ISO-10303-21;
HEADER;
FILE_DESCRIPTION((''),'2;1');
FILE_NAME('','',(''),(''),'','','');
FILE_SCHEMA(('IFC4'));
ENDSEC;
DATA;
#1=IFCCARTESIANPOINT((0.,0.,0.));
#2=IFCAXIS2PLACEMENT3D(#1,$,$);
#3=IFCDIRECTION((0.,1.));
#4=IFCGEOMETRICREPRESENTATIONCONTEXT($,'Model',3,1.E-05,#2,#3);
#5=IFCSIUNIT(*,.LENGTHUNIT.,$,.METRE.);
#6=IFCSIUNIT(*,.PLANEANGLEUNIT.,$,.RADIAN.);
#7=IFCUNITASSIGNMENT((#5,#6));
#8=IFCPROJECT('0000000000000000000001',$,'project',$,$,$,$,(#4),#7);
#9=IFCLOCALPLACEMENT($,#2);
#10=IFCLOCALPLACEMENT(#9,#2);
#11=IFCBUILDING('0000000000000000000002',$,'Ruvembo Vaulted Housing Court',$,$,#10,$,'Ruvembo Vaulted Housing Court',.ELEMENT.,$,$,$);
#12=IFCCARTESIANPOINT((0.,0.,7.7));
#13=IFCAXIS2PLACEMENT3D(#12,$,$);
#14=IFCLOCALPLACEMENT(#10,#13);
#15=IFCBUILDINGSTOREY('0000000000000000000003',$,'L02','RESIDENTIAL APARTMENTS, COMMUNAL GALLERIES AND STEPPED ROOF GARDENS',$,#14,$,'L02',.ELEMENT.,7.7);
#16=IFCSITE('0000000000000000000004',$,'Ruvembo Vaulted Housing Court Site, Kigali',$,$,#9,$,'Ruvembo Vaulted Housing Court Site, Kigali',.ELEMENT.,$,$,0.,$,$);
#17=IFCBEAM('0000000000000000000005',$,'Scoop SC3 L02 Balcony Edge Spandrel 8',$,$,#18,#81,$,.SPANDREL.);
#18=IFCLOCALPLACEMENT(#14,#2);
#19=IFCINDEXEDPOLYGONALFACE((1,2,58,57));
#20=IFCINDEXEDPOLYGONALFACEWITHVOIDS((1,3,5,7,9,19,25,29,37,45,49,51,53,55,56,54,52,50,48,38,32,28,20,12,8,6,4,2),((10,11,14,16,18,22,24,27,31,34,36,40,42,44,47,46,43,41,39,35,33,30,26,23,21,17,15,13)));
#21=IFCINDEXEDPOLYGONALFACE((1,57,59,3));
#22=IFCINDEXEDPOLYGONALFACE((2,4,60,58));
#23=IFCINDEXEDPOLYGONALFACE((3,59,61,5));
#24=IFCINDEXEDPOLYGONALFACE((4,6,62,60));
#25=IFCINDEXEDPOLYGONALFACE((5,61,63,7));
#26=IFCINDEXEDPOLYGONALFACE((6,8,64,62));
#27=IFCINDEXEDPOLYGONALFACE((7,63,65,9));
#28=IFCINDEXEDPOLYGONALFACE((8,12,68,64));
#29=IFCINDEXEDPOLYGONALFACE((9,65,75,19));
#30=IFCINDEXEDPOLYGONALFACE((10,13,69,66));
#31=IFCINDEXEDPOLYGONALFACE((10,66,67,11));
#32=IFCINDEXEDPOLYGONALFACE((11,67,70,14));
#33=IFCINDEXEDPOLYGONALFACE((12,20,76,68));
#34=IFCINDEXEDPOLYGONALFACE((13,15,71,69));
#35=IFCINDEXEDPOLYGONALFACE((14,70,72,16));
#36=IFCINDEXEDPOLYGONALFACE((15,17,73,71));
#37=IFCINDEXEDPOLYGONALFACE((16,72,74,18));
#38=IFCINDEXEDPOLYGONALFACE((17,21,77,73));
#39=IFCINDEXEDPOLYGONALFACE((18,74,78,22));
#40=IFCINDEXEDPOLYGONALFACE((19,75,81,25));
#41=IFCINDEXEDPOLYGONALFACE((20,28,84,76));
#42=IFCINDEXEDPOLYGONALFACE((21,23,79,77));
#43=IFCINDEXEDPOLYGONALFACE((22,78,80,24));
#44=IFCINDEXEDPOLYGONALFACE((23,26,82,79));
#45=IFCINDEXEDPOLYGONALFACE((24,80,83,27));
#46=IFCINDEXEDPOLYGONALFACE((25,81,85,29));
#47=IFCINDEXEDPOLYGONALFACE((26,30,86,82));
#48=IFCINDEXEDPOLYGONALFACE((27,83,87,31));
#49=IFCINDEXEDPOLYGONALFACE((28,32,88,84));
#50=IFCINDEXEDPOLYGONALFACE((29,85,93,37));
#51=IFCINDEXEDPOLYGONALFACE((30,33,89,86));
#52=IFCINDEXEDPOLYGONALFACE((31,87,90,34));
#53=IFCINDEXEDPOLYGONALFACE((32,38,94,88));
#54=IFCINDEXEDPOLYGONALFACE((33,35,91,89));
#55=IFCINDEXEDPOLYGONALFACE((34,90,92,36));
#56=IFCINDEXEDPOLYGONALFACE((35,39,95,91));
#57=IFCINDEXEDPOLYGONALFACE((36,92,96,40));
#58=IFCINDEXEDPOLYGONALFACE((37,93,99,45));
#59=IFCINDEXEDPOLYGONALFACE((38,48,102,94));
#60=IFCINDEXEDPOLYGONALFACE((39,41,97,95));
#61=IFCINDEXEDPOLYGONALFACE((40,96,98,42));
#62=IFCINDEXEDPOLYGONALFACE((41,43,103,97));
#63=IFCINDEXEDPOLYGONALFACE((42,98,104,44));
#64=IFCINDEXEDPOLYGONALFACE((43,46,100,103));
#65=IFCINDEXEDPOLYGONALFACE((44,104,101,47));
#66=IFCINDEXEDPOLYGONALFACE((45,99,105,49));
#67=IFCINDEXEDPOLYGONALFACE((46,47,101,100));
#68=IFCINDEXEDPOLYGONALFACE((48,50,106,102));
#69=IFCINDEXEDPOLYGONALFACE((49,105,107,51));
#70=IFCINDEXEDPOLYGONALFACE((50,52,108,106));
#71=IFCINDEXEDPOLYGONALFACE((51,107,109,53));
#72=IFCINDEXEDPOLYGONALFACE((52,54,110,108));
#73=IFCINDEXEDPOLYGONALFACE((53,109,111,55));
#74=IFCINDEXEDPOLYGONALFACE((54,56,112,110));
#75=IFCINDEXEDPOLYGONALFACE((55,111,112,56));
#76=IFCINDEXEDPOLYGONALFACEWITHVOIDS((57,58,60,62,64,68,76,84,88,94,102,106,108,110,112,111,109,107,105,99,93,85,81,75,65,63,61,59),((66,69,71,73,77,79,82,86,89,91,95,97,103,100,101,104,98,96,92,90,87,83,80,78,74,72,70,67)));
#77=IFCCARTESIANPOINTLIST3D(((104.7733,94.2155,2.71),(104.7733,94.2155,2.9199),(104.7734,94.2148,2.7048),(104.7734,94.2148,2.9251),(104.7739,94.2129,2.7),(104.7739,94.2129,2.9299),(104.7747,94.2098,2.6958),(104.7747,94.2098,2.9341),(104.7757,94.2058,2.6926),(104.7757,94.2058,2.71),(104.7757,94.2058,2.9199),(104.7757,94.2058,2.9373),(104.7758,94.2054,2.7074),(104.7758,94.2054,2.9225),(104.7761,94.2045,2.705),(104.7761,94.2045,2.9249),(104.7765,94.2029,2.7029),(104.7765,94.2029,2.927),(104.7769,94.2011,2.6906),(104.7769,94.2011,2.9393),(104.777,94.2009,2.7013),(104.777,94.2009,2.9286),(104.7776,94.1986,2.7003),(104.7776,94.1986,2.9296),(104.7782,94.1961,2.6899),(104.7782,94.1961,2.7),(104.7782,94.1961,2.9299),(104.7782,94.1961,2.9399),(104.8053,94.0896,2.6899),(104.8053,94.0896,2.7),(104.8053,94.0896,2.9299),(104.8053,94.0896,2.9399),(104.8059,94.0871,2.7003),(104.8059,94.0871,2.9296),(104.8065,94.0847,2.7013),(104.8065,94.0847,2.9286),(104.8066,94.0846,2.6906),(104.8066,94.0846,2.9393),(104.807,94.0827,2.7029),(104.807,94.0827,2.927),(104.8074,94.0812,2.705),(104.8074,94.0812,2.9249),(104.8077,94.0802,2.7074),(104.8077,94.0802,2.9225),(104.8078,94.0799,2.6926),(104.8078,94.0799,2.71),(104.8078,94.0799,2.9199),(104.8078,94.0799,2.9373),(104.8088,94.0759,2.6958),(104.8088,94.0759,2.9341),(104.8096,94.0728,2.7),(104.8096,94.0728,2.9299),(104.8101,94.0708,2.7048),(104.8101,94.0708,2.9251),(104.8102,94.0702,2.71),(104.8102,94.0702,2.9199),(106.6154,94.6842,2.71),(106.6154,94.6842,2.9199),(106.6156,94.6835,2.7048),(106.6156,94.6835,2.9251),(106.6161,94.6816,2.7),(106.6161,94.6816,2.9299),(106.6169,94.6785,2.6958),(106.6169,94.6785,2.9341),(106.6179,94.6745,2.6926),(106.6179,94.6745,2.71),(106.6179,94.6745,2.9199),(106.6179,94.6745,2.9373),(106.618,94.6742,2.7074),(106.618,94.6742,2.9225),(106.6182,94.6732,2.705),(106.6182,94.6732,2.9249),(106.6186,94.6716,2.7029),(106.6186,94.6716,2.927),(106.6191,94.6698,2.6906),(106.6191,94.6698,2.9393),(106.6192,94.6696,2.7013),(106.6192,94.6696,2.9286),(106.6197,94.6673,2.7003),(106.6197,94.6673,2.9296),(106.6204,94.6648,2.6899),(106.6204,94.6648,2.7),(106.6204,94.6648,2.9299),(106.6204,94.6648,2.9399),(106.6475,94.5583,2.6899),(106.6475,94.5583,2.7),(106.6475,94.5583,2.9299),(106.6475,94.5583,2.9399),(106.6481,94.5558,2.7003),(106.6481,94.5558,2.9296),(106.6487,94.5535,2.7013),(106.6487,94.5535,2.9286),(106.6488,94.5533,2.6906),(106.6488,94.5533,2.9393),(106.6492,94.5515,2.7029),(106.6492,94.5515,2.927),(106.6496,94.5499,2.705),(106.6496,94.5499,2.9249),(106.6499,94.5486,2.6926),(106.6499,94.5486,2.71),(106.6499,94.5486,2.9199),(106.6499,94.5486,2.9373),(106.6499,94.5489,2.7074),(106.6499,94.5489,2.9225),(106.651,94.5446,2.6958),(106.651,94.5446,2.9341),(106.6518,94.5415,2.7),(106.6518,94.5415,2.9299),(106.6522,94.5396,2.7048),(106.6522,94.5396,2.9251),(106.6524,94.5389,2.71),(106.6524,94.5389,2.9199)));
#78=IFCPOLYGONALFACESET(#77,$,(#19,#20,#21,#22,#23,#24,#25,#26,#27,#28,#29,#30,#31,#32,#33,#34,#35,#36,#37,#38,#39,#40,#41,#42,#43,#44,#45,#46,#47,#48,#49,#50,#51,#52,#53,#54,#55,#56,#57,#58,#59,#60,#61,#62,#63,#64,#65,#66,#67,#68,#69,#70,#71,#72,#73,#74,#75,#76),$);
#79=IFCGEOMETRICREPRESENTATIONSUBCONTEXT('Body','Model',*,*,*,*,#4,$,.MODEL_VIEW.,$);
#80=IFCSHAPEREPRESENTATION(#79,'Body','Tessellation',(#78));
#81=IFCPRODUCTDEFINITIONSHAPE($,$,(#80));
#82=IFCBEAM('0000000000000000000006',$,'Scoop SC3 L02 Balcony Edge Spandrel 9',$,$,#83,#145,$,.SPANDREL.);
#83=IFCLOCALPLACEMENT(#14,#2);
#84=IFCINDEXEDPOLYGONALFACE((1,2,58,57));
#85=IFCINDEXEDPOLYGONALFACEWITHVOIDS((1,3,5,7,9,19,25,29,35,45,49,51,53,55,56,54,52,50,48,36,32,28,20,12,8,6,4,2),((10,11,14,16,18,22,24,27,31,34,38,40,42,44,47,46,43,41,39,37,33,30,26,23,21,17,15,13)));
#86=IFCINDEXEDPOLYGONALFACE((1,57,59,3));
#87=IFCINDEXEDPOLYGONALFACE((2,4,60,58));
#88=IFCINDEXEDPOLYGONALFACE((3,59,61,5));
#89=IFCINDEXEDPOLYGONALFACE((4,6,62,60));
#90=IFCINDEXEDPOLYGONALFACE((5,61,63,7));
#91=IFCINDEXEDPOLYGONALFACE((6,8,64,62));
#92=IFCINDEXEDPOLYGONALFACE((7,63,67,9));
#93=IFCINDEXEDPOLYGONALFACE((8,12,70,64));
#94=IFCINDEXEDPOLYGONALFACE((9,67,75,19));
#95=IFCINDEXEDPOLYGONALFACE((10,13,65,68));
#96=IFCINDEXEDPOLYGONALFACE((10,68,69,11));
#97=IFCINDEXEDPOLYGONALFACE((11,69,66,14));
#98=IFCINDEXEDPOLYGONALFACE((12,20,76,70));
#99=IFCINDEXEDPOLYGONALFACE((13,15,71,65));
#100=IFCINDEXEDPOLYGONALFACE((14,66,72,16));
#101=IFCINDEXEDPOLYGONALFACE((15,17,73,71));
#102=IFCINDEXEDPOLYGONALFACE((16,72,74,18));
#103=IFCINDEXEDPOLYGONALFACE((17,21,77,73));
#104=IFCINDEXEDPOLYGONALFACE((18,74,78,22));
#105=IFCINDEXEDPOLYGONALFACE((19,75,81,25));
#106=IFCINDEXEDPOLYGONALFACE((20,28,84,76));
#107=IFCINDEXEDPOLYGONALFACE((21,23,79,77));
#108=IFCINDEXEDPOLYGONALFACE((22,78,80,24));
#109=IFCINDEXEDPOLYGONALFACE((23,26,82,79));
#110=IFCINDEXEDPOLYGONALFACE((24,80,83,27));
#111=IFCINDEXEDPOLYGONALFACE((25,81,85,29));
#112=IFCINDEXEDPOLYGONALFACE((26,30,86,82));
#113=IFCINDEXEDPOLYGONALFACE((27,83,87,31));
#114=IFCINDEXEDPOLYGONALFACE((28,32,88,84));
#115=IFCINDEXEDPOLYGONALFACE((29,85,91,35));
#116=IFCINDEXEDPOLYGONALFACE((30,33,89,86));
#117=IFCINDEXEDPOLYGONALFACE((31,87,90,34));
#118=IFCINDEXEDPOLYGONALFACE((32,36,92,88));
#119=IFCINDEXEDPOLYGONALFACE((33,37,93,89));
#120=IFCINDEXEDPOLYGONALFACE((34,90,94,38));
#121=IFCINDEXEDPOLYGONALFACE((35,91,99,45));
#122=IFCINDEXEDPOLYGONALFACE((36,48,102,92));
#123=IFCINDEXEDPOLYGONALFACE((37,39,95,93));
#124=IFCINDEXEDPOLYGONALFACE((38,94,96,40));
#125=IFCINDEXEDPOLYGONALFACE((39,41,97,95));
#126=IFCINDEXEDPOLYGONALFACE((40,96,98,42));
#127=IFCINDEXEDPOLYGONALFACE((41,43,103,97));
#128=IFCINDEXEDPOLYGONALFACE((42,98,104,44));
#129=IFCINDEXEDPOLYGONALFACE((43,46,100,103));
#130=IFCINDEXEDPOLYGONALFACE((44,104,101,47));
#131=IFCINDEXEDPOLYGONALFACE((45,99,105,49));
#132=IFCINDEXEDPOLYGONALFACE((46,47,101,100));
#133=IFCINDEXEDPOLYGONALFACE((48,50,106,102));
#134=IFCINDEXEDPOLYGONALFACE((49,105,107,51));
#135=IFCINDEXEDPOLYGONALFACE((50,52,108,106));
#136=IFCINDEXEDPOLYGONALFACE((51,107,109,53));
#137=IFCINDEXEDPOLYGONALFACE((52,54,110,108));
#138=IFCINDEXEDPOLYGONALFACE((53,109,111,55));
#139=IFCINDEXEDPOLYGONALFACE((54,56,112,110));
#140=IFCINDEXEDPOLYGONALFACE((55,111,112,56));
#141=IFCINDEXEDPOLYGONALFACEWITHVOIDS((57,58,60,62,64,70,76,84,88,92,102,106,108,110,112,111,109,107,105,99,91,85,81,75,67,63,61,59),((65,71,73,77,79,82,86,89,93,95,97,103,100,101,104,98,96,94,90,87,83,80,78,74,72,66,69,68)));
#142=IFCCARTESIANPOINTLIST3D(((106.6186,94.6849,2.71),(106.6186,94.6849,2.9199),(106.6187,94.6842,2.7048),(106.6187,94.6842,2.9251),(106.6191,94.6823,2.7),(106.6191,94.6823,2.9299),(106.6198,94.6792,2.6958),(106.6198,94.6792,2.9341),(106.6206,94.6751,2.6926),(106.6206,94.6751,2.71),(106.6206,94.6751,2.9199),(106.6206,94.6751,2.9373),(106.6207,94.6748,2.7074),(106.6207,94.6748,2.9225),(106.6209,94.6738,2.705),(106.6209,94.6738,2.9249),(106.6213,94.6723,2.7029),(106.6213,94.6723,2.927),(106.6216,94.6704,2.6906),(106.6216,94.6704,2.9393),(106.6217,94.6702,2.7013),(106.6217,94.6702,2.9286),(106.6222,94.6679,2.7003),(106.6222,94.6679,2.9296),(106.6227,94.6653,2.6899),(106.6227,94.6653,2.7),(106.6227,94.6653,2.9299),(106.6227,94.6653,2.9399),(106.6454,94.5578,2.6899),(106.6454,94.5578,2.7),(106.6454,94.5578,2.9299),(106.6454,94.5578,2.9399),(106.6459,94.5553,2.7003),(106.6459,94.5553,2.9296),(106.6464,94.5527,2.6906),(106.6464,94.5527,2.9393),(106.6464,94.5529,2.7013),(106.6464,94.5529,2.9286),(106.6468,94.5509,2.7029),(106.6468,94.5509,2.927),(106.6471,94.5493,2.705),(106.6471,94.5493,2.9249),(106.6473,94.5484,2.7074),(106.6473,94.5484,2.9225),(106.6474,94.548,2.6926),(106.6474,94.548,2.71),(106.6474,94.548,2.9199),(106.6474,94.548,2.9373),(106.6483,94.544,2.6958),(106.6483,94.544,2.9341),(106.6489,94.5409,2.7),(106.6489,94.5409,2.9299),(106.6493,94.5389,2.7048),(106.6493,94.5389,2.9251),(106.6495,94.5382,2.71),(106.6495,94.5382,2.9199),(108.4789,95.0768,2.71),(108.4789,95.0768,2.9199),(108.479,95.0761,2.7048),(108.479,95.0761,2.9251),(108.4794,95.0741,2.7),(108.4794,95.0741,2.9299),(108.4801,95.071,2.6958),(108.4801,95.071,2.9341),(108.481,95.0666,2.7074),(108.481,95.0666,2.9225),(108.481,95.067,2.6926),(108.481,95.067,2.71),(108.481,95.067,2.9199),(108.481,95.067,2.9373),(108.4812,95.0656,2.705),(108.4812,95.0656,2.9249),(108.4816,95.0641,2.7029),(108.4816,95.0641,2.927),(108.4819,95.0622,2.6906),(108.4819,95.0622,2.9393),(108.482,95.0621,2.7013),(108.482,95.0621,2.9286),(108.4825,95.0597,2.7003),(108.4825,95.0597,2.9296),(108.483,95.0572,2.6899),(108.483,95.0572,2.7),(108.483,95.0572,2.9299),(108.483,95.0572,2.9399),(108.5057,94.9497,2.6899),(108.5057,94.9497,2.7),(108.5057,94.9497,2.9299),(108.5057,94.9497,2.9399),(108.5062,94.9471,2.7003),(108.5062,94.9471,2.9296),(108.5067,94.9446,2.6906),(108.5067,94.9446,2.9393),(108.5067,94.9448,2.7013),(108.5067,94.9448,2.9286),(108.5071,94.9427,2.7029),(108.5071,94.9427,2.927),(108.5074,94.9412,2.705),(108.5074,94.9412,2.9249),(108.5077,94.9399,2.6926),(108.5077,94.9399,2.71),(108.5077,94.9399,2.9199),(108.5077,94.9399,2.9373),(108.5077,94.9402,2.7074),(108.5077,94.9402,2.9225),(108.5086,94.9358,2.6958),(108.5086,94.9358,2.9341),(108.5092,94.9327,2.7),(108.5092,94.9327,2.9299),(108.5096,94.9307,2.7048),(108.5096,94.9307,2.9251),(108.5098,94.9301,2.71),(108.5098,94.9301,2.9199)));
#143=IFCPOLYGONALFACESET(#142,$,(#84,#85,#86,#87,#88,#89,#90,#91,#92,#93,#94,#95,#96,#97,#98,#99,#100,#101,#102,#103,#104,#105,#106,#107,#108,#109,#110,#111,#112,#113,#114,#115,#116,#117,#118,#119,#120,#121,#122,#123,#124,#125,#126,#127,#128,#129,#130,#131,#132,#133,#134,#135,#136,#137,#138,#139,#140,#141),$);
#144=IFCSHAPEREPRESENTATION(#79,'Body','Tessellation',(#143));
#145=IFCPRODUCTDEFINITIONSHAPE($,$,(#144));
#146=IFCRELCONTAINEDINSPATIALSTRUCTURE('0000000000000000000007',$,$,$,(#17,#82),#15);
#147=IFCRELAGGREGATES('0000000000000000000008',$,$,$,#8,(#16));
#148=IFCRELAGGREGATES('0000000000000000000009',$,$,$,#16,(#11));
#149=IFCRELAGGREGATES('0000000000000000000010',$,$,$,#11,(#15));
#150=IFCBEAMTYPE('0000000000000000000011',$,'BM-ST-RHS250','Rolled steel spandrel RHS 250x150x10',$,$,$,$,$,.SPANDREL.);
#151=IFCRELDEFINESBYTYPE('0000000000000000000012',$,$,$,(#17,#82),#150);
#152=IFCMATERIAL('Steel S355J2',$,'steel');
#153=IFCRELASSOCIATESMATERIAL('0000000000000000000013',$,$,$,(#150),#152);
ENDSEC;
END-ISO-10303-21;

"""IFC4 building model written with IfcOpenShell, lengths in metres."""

from ifc_helpers import new_model, si_unit, direction, frame, origin, origin_2d, place, context, subcontext, project, spatial, hollow_rectangle, extrude, material, material_profile, profile_set, type_object, element, save


model = new_model("IFC4")

# Units and contexts
model_context = context("Model", 3, precision=1e-05, world=origin(), true_north=direction((0.0, 1.0)))
body_context = subcontext(model_context, "Body", "Model", "MODEL_VIEW")
ifc_project = project(units=[si_unit("LENGTHUNIT", "METRE"), si_unit("PLANEANGLEUNIT", "RADIAN")], contexts=[model_context])

# Site, building, storey
site_placement = place(None, origin())
site = spatial("IfcSite", under=ifc_project, at=site_placement, Name="Ruvembo Vaulted Housing Court Site, Kigali", LongName="Ruvembo Vaulted Housing Court Site, Kigali", CompositionType="ELEMENT", RefElevation=0.0)
building_placement = place(site_placement, origin())
building = spatial("IfcBuilding", under=site, at=building_placement, Name="Ruvembo Vaulted Housing Court", LongName="Ruvembo Vaulted Housing Court", CompositionType="ELEMENT")
storey_placement = place(building_placement, frame((0.0, 0.0, 7.7)))
storey = spatial("IfcBuildingStorey", under=building, at=storey_placement, Name="L02", Description="RESIDENTIAL APARTMENTS, COMMUNAL GALLERIES AND STEPPED ROOF GARDENS", LongName="L02", CompositionType="ELEMENT", Elevation=7.7)

# Beams
ifc_material_1 = material(Name="Steel S355J2", Category="steel")
ifc_material_profile_1 = material_profile(ifc_material_1, hollow_rectangle(XDim=0.1499, YDim=0.25, WallThickness=0.01, InnerFilletRadius=0.01, OuterFilletRadius=0.02, at=origin_2d()), Name="RHS 250x150x10")
ifc_profile_set_1 = profile_set([ifc_material_profile_1], Name="Steel S355J2")
beam_type = type_object("IfcBeamType", Name="BM-ST-RHS250", Description="Rolled steel spandrel RHS 250x150x10", PredefinedType="SPANDREL", material=ifc_profile_set_1)
beam_1_placement = place(storey_placement, frame((104.7917, 94.1428, 2.8149), z_axis=(0.969122, 0.246583, 0.0), x_axis=(-0.246583, 0.969122, 0.0)))
element("IfcBeam", 1, at=beam_1_placement, inside=storey, type_object=beam_type, Name="Scoop SC3 L02 Balcony Edge Spandrel 8", PredefinedType="SPANDREL", context=body_context, shape_type="SweptSolid", body=[
    extrude(hollow_rectangle(XDim=0.1499, YDim=0.25, WallThickness=0.01, InnerFilletRadius=0.01, OuterFilletRadius=0.02, at=origin_2d()), origin(), (0.0, 0.0, 1.0), 1.9009),
])
beam_2_placement = place(storey_placement, frame((106.634, 94.6116, 2.8149), z_axis=(0.978529, 0.206108, 0.0), x_axis=(-0.206108, 0.978529, 0.0)))
element("IfcBeam", 2, at=beam_2_placement, inside=storey, type_object=beam_type, Name="Scoop SC3 L02 Balcony Edge Spandrel 9", PredefinedType="SPANDREL", context=body_context, shape_type="SweptSolid", body=[
    extrude(hollow_rectangle(XDim=0.1499, YDim=0.25, WallThickness=0.01, InnerFilletRadius=0.01, OuterFilletRadius=0.02, at=origin_2d()), origin(), (0.0, 0.0, 1.0), 1.9011),
])

save(model, "model.ifc")
